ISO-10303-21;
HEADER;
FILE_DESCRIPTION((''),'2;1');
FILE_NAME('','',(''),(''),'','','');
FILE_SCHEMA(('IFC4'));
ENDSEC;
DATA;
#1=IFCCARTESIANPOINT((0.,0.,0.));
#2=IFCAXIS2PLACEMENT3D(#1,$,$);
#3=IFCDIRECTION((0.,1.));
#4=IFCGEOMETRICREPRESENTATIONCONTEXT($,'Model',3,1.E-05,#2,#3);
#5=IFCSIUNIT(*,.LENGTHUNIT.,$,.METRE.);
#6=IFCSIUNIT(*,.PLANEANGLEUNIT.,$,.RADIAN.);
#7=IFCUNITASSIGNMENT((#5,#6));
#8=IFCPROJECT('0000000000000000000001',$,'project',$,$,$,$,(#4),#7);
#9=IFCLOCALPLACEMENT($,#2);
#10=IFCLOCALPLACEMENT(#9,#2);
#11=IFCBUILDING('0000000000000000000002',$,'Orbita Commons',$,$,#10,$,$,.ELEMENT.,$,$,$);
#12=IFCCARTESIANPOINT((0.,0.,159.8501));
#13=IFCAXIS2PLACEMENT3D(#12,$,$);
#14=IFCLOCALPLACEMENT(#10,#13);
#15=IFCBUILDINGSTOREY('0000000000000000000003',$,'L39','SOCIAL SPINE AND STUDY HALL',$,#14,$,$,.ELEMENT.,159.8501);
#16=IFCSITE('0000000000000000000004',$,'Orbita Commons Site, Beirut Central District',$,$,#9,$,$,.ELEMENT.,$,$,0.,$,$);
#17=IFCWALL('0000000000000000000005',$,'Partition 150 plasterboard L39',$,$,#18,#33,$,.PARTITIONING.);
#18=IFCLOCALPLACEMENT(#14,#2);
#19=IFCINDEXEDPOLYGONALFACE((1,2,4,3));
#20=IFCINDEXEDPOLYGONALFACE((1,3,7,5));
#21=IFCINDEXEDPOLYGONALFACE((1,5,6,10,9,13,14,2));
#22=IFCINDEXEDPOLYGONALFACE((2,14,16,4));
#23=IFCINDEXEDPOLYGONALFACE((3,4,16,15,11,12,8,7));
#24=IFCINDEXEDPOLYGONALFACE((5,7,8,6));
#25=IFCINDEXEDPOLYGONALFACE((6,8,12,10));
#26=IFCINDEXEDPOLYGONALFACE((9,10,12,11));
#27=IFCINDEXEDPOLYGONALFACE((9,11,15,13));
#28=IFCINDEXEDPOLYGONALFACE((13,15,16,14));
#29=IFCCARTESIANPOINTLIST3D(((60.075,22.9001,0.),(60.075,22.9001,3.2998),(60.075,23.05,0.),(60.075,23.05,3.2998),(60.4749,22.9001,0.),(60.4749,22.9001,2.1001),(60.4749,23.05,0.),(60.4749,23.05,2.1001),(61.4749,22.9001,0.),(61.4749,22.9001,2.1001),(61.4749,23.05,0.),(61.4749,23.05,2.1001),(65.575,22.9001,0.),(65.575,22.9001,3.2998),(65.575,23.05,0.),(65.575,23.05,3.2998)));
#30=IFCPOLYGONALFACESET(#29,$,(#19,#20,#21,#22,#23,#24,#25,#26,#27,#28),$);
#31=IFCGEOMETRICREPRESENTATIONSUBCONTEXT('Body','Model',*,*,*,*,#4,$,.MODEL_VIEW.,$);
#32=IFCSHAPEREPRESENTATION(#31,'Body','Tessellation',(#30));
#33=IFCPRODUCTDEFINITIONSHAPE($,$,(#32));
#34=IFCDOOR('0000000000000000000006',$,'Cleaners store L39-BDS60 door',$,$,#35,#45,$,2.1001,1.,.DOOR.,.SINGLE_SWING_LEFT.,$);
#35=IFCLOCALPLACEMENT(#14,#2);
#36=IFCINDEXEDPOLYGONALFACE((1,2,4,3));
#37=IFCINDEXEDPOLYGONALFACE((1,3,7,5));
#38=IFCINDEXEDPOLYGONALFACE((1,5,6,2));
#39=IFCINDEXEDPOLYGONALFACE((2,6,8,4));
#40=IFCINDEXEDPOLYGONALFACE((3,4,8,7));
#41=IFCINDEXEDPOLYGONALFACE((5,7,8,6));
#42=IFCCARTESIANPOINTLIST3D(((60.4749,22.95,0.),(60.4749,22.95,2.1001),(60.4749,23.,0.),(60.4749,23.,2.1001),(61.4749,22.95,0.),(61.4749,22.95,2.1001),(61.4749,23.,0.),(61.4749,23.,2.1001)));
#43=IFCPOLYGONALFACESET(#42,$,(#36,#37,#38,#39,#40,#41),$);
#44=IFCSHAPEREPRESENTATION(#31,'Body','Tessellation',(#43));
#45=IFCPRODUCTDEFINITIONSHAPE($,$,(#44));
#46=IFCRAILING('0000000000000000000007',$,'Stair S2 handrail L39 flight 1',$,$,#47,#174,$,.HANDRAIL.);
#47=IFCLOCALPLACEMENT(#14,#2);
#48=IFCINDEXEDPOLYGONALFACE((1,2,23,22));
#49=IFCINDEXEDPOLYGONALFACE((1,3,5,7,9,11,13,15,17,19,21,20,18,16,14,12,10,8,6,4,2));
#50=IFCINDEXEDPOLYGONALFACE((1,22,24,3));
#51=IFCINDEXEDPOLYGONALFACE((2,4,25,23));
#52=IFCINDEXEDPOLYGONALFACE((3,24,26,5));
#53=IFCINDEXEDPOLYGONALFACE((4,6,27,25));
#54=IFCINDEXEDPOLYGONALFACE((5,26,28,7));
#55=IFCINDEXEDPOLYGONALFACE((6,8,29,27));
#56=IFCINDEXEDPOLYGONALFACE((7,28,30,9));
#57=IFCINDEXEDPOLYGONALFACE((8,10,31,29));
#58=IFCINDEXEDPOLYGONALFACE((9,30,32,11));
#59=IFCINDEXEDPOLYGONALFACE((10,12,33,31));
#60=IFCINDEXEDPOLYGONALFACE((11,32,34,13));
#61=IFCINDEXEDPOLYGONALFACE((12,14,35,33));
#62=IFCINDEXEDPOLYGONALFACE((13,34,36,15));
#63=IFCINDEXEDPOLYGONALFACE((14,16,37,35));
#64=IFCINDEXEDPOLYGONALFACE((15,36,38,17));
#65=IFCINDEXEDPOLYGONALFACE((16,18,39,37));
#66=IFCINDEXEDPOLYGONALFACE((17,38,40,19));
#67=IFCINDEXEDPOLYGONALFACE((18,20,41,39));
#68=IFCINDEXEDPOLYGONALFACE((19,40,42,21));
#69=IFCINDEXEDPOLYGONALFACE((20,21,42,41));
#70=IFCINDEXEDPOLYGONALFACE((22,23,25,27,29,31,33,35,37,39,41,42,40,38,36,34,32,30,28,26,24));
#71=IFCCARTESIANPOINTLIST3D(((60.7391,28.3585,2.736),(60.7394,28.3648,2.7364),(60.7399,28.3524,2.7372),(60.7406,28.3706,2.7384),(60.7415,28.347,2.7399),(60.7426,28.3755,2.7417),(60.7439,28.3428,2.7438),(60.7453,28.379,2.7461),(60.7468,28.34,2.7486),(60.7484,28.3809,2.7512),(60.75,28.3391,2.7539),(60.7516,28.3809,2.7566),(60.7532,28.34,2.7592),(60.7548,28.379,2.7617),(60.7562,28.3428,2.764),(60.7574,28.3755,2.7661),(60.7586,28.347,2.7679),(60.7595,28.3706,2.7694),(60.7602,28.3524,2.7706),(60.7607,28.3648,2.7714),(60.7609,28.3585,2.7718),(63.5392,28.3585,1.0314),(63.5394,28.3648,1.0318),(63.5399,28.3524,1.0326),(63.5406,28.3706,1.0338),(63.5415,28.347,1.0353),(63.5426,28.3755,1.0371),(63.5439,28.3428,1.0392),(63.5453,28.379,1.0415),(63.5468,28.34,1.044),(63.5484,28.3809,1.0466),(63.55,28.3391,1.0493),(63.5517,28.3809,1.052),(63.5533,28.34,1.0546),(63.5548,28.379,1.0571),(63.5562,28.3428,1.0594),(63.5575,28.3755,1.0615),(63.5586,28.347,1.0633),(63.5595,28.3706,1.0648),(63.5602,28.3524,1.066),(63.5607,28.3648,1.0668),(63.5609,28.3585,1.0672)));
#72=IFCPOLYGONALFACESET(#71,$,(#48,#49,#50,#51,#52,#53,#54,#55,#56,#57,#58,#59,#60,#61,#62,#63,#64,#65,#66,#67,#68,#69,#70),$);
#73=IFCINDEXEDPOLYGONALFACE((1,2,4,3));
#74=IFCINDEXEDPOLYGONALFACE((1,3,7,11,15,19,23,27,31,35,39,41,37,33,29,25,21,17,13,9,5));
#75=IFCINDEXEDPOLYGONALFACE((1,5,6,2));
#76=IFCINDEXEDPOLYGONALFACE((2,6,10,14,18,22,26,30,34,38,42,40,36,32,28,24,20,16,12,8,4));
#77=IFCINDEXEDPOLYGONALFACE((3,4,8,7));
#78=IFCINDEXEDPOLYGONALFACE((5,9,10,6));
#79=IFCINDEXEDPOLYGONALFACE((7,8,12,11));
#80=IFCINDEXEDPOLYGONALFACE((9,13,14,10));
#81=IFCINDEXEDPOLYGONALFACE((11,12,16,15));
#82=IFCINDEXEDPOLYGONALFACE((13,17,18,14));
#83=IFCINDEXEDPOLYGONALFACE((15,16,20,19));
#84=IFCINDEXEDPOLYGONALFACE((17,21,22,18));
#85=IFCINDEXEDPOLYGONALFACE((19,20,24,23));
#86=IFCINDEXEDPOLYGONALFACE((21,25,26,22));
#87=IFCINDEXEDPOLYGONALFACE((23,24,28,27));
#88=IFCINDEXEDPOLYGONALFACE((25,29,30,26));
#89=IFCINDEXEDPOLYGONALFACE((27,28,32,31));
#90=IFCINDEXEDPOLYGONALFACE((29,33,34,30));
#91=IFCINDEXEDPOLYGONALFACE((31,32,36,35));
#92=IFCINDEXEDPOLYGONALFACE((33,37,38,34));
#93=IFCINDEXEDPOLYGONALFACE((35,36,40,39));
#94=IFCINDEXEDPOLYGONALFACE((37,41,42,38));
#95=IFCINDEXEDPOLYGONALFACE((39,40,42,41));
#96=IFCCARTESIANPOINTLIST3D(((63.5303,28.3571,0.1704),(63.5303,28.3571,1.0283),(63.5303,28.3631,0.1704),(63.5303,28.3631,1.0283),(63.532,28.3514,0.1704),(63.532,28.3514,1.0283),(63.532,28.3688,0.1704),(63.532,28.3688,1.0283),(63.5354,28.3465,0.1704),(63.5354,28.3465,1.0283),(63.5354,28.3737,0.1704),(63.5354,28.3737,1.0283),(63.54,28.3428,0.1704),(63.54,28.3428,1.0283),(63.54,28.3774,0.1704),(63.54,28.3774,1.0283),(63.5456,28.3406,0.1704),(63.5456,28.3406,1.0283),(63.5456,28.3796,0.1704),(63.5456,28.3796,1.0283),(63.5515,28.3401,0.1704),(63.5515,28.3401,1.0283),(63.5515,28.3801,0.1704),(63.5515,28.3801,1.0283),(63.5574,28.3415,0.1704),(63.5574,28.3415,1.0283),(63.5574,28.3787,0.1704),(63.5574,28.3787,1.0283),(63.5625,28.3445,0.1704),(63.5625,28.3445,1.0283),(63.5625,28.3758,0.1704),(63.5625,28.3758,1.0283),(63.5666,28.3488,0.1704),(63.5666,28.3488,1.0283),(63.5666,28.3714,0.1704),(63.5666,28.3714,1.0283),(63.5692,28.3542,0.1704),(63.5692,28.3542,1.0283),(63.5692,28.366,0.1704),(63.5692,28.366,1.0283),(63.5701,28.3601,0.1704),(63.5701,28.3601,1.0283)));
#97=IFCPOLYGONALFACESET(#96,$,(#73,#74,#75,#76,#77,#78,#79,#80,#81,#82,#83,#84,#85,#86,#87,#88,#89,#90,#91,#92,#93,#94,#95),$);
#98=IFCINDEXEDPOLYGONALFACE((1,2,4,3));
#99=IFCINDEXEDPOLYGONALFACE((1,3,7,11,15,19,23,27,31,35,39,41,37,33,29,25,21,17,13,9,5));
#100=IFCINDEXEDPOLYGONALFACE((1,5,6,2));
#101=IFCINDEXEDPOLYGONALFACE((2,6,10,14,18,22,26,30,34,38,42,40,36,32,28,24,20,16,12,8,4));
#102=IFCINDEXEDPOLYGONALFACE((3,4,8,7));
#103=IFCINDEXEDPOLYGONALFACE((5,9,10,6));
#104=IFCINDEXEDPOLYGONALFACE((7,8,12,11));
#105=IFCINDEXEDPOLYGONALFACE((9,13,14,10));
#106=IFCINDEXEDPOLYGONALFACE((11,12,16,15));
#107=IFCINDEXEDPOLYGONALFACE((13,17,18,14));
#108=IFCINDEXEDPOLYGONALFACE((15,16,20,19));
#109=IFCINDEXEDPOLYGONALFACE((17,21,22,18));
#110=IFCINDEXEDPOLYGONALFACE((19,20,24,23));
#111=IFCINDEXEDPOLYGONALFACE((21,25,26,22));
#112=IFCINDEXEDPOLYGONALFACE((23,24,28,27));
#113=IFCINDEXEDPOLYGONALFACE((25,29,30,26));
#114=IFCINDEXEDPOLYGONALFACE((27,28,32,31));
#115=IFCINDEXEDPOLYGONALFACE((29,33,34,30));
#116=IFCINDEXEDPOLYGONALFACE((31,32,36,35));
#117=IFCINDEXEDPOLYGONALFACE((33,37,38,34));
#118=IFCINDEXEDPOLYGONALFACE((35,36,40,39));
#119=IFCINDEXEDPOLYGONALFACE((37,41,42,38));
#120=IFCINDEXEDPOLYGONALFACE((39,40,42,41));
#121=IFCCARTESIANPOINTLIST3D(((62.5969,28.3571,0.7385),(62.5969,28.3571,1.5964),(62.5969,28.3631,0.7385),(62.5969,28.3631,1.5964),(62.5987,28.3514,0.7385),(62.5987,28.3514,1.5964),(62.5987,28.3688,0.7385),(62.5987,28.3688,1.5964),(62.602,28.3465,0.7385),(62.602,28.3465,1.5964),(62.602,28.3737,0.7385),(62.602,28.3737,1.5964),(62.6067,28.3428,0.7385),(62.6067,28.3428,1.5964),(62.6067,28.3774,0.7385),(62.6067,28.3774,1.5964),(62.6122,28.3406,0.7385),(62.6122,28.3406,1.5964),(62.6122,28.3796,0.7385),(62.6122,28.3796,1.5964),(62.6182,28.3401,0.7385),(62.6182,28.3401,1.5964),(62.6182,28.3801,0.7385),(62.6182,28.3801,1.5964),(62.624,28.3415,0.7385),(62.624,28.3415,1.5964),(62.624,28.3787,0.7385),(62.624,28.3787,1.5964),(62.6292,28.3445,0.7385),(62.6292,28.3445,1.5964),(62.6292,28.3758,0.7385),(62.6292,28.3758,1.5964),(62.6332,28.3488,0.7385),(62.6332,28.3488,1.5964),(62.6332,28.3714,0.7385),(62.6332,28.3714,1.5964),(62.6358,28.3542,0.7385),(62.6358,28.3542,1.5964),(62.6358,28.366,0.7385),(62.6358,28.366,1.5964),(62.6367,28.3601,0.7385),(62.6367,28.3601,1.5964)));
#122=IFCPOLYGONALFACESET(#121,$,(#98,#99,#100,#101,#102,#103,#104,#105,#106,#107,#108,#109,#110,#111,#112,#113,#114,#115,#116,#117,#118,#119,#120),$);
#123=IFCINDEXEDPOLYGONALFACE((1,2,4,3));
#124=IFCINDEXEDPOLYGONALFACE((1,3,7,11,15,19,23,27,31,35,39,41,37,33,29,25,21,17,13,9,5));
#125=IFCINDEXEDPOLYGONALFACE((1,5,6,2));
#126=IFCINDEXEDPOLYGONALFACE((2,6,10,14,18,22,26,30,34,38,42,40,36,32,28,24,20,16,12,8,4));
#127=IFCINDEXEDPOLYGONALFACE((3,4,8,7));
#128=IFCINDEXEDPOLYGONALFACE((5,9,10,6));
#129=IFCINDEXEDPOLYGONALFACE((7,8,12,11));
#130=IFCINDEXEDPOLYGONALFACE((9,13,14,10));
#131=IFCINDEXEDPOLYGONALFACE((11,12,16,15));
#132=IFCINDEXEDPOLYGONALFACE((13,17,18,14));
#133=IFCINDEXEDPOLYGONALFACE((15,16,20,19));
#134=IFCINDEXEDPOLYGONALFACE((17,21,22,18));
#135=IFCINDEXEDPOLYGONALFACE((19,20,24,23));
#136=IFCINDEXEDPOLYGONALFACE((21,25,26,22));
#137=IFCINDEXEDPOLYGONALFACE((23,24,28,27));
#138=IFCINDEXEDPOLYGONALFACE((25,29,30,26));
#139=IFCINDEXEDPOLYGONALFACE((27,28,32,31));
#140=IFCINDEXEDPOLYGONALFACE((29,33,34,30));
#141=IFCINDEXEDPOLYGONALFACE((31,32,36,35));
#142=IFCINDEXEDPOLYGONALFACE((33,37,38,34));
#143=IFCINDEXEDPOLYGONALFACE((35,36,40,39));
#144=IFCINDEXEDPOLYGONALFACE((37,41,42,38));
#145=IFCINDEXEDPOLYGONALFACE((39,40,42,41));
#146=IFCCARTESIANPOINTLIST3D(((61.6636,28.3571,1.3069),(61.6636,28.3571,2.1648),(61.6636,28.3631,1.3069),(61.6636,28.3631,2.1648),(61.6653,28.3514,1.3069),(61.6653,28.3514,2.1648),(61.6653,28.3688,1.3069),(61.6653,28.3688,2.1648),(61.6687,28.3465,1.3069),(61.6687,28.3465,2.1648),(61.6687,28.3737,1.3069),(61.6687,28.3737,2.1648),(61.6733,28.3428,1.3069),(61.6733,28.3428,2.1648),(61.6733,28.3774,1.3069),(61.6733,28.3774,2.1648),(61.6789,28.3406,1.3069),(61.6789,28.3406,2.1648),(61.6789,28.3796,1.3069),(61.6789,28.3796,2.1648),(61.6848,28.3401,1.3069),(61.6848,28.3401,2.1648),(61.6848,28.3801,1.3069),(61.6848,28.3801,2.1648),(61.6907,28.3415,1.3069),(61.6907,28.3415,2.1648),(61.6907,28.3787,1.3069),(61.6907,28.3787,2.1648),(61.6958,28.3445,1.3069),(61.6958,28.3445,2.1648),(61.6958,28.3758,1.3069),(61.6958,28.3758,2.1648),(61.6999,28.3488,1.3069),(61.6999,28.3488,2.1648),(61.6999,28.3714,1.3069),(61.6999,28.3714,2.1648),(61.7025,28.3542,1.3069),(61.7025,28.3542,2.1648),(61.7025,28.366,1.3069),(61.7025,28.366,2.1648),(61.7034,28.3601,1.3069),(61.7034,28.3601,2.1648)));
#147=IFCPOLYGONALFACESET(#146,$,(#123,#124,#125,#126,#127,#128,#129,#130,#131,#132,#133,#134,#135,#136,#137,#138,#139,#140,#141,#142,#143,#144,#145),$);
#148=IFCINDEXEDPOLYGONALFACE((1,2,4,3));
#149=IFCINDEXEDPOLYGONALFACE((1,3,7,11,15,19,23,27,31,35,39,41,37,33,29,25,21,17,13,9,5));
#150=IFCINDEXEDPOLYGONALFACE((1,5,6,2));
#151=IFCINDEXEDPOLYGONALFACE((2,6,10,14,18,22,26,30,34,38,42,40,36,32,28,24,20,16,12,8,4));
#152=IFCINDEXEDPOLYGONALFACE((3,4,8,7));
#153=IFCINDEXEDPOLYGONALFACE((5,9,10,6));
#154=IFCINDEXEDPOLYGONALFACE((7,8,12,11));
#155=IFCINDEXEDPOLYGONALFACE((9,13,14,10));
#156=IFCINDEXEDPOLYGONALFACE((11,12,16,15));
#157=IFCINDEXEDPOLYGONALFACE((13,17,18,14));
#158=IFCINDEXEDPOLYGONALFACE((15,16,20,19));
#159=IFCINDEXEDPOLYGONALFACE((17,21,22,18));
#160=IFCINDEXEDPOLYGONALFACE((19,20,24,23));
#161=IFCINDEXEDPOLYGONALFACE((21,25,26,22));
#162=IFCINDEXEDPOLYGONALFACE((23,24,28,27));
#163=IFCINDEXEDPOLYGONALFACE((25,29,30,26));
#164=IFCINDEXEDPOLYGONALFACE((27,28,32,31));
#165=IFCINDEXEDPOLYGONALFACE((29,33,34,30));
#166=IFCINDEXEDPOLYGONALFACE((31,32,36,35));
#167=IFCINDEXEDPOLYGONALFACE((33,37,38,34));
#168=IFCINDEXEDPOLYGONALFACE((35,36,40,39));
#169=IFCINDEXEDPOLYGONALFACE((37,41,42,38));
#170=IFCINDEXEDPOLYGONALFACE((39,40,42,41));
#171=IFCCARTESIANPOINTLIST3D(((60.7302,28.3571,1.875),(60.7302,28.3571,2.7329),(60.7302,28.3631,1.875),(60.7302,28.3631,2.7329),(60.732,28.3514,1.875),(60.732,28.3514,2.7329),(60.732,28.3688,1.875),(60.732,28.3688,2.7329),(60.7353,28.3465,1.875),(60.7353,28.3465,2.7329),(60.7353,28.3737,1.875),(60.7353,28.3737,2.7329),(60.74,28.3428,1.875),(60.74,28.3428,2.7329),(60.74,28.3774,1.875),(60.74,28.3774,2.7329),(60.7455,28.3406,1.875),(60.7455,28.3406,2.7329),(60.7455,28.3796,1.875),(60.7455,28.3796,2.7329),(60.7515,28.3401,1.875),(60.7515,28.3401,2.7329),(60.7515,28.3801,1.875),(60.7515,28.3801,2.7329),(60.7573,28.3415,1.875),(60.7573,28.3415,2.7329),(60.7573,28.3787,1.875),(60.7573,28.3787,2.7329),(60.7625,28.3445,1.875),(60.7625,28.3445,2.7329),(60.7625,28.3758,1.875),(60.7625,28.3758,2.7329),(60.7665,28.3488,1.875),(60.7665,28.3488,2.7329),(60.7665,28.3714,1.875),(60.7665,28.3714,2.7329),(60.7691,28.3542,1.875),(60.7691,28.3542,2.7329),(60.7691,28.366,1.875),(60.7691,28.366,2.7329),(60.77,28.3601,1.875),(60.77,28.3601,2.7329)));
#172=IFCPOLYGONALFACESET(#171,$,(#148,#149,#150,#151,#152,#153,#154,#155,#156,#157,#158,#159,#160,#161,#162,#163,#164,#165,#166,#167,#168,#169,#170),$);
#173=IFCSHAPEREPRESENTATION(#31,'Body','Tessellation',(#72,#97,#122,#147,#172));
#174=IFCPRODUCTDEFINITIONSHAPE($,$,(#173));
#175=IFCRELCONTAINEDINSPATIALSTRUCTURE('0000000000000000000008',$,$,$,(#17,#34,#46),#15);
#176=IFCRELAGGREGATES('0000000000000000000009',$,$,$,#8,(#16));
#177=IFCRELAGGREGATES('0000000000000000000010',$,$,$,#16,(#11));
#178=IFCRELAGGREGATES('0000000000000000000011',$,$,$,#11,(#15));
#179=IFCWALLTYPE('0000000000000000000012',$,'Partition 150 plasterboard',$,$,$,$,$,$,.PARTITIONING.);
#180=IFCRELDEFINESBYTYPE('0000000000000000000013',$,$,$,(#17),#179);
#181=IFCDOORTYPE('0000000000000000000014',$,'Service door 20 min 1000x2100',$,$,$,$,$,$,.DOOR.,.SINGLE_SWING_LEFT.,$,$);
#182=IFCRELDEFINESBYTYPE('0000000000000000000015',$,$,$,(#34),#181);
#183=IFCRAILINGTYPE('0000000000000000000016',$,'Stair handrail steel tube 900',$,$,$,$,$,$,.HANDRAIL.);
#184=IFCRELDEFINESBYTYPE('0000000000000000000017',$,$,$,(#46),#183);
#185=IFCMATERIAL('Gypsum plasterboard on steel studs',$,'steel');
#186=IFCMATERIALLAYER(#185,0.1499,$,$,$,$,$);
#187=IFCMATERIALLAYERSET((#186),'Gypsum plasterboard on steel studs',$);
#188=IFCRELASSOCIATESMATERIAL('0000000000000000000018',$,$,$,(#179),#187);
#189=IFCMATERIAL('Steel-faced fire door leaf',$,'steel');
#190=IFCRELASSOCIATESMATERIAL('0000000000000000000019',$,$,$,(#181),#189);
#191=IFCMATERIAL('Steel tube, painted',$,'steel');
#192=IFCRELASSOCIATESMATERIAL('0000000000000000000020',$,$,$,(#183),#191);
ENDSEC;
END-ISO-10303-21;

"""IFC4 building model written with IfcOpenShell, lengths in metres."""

from ifc_helpers import new_model, si_unit, direction, frame, frame_2d, origin, origin_2d, place, context, subcontext, project, spatial, rectangle, circle, extrude, material, layer, layer_set, type_object, element, fill, save


model = new_model("IFC4")

# Units and contexts
model_context = context("Model", 3, precision=1e-05, world=origin(), true_north=direction((0.0, 1.0)))
body_context = subcontext(model_context, "Body", "Model", "MODEL_VIEW")
ifc_project = project(units=[si_unit("LENGTHUNIT", "METRE"), si_unit("PLANEANGLEUNIT", "RADIAN")], contexts=[model_context])

# Site, building, storey
site_placement = place(None, origin())
site = spatial("IfcSite", under=ifc_project, at=site_placement, Name="Orbita Commons Site, Beirut Central District", CompositionType="ELEMENT", RefElevation=0.0)
building_placement = place(site_placement, origin())
building = spatial("IfcBuilding", under=site, at=building_placement, Name="Orbita Commons", CompositionType="ELEMENT")
storey_placement = place(building_placement, frame((0.0, 0.0, 159.8501)))
storey = spatial("IfcBuildingStorey", under=building, at=storey_placement, Name="L39", Description="SOCIAL SPINE AND STUDY HALL", CompositionType="ELEMENT", Elevation=159.8501)

# Wall, opening, door
ifc_material_1 = material(Name="Gypsum plasterboard on steel studs", Category="steel")
ifc_layer_1 = layer(ifc_material_1, 0.1499)
ifc_layer_set_1 = layer_set([ifc_layer_1], Name="Gypsum plasterboard on steel studs")
wall_type_1 = type_object("IfcWallType", Name="Partition 150 plasterboard", PredefinedType="PARTITIONING", material=ifc_layer_set_1)
wall_1_placement = place(storey_placement, frame((60.075, 22.9751, 0.0), z_axis=(0.0, 0.0, 1.0), x_axis=(1.0, 0.0, 0.0)))
wall_1 = element("IfcWall", 1, at=wall_1_placement, inside=storey, type_object=wall_type_1, Name="Partition 150 plasterboard L39", PredefinedType="PARTITIONING", context=body_context, shape_type="SweptSolid", body=[
    extrude(rectangle(XDim=5.5, YDim=0.1499, at=frame_2d((2.75, 0.0))), origin(), (0.0, 0.0, 1.0), 3.2998),
])
opening_1_placement = place(wall_1_placement, frame((0.3999, 0.0, 0.0)))
opening_1 = element("IfcOpeningElement", 2, at=opening_1_placement, cuts=wall_1, PredefinedType="OPENING", context=body_context, shape_type="SweptSolid", body=[
    extrude(rectangle(XDim=1.0, YDim=2.1001, at=frame_2d((0.5, 1.05))), frame((0.0, 0.085, 0.0), z_axis=(0.0, -1.0, 0.0), x_axis=(1.0, 0.0, 0.0)), (0.0, 0.0, 1.0), 0.1699),
])
ifc_material_2 = material(Name="Steel-faced fire door leaf", Category="steel")
door_type_1 = type_object("IfcDoorType", Name="Service door 20 min 1000x2100", OperationType="SINGLE_SWING_LEFT", PredefinedType="DOOR", material=ifc_material_2)
door_1_placement = place(opening_1_placement, origin())
door_1 = element("IfcDoor", 3, at=door_1_placement, inside=storey, type_object=door_type_1, Name="Cleaners store L39-BDS60 door", OperationType="SINGLE_SWING_LEFT", OverallHeight=2.1001, OverallWidth=1.0, PredefinedType="DOOR", context=body_context, shape_type="SweptSolid", body=[
    extrude(rectangle(XDim=1.0, YDim=2.1001, at=frame_2d((0.5, 1.05))), frame((0.0, 0.0249, 0.0), z_axis=(0.0, -1.0, 0.0), x_axis=(1.0, 0.0, 0.0)), (0.0, 0.0, 1.0), 0.05),
])
fill(opening_1, door_1)

# Railing
ifc_material_3 = material(Name="Steel tube, painted", Category="steel")
railing_type = type_object("IfcRailingType", Name="Stair handrail steel tube 900", PredefinedType="HANDRAIL", material=ifc_material_3)
for number, where, name in (
    (4, (63.55, 28.3601, 0.1704), "Stair S2 handrail L39 flight 1"),
):
    element("IfcRailing", number, at=place(storey_placement, frame(where)), inside=storey, type_object=railing_type, Name=name, PredefinedType="HANDRAIL", context=body_context, shape_type="SweptSolid", body=[
        extrude(circle(Radius=0.021, at=origin_2d()), frame((0.0, 0.0, 0.8789), z_axis=(-0.85417, 0.0, 0.519994), x_axis=(0.0, -1.0, 0.0)), (0.0, 0.0, 1.0), 3.2781),
        extrude(circle(Radius=0.02, at=origin_2d()), origin(), (0.0, 0.0, 1.0), 0.8579),
        extrude(circle(Radius=0.02, at=origin_2d()), frame((-0.9333, 0.0, 0.5681)), (0.0, 0.0, 1.0), 0.8579),
        extrude(circle(Radius=0.02, at=origin_2d()), frame((-1.8667, 0.0, 1.1365)), (0.0, 0.0, 1.0), 0.8579),
        extrude(circle(Radius=0.02, at=origin_2d()), frame((-2.8, 0.0, 1.7046)), (0.0, 0.0, 1.0), 0.8579),
    ])

save(model, "model.ifc")
